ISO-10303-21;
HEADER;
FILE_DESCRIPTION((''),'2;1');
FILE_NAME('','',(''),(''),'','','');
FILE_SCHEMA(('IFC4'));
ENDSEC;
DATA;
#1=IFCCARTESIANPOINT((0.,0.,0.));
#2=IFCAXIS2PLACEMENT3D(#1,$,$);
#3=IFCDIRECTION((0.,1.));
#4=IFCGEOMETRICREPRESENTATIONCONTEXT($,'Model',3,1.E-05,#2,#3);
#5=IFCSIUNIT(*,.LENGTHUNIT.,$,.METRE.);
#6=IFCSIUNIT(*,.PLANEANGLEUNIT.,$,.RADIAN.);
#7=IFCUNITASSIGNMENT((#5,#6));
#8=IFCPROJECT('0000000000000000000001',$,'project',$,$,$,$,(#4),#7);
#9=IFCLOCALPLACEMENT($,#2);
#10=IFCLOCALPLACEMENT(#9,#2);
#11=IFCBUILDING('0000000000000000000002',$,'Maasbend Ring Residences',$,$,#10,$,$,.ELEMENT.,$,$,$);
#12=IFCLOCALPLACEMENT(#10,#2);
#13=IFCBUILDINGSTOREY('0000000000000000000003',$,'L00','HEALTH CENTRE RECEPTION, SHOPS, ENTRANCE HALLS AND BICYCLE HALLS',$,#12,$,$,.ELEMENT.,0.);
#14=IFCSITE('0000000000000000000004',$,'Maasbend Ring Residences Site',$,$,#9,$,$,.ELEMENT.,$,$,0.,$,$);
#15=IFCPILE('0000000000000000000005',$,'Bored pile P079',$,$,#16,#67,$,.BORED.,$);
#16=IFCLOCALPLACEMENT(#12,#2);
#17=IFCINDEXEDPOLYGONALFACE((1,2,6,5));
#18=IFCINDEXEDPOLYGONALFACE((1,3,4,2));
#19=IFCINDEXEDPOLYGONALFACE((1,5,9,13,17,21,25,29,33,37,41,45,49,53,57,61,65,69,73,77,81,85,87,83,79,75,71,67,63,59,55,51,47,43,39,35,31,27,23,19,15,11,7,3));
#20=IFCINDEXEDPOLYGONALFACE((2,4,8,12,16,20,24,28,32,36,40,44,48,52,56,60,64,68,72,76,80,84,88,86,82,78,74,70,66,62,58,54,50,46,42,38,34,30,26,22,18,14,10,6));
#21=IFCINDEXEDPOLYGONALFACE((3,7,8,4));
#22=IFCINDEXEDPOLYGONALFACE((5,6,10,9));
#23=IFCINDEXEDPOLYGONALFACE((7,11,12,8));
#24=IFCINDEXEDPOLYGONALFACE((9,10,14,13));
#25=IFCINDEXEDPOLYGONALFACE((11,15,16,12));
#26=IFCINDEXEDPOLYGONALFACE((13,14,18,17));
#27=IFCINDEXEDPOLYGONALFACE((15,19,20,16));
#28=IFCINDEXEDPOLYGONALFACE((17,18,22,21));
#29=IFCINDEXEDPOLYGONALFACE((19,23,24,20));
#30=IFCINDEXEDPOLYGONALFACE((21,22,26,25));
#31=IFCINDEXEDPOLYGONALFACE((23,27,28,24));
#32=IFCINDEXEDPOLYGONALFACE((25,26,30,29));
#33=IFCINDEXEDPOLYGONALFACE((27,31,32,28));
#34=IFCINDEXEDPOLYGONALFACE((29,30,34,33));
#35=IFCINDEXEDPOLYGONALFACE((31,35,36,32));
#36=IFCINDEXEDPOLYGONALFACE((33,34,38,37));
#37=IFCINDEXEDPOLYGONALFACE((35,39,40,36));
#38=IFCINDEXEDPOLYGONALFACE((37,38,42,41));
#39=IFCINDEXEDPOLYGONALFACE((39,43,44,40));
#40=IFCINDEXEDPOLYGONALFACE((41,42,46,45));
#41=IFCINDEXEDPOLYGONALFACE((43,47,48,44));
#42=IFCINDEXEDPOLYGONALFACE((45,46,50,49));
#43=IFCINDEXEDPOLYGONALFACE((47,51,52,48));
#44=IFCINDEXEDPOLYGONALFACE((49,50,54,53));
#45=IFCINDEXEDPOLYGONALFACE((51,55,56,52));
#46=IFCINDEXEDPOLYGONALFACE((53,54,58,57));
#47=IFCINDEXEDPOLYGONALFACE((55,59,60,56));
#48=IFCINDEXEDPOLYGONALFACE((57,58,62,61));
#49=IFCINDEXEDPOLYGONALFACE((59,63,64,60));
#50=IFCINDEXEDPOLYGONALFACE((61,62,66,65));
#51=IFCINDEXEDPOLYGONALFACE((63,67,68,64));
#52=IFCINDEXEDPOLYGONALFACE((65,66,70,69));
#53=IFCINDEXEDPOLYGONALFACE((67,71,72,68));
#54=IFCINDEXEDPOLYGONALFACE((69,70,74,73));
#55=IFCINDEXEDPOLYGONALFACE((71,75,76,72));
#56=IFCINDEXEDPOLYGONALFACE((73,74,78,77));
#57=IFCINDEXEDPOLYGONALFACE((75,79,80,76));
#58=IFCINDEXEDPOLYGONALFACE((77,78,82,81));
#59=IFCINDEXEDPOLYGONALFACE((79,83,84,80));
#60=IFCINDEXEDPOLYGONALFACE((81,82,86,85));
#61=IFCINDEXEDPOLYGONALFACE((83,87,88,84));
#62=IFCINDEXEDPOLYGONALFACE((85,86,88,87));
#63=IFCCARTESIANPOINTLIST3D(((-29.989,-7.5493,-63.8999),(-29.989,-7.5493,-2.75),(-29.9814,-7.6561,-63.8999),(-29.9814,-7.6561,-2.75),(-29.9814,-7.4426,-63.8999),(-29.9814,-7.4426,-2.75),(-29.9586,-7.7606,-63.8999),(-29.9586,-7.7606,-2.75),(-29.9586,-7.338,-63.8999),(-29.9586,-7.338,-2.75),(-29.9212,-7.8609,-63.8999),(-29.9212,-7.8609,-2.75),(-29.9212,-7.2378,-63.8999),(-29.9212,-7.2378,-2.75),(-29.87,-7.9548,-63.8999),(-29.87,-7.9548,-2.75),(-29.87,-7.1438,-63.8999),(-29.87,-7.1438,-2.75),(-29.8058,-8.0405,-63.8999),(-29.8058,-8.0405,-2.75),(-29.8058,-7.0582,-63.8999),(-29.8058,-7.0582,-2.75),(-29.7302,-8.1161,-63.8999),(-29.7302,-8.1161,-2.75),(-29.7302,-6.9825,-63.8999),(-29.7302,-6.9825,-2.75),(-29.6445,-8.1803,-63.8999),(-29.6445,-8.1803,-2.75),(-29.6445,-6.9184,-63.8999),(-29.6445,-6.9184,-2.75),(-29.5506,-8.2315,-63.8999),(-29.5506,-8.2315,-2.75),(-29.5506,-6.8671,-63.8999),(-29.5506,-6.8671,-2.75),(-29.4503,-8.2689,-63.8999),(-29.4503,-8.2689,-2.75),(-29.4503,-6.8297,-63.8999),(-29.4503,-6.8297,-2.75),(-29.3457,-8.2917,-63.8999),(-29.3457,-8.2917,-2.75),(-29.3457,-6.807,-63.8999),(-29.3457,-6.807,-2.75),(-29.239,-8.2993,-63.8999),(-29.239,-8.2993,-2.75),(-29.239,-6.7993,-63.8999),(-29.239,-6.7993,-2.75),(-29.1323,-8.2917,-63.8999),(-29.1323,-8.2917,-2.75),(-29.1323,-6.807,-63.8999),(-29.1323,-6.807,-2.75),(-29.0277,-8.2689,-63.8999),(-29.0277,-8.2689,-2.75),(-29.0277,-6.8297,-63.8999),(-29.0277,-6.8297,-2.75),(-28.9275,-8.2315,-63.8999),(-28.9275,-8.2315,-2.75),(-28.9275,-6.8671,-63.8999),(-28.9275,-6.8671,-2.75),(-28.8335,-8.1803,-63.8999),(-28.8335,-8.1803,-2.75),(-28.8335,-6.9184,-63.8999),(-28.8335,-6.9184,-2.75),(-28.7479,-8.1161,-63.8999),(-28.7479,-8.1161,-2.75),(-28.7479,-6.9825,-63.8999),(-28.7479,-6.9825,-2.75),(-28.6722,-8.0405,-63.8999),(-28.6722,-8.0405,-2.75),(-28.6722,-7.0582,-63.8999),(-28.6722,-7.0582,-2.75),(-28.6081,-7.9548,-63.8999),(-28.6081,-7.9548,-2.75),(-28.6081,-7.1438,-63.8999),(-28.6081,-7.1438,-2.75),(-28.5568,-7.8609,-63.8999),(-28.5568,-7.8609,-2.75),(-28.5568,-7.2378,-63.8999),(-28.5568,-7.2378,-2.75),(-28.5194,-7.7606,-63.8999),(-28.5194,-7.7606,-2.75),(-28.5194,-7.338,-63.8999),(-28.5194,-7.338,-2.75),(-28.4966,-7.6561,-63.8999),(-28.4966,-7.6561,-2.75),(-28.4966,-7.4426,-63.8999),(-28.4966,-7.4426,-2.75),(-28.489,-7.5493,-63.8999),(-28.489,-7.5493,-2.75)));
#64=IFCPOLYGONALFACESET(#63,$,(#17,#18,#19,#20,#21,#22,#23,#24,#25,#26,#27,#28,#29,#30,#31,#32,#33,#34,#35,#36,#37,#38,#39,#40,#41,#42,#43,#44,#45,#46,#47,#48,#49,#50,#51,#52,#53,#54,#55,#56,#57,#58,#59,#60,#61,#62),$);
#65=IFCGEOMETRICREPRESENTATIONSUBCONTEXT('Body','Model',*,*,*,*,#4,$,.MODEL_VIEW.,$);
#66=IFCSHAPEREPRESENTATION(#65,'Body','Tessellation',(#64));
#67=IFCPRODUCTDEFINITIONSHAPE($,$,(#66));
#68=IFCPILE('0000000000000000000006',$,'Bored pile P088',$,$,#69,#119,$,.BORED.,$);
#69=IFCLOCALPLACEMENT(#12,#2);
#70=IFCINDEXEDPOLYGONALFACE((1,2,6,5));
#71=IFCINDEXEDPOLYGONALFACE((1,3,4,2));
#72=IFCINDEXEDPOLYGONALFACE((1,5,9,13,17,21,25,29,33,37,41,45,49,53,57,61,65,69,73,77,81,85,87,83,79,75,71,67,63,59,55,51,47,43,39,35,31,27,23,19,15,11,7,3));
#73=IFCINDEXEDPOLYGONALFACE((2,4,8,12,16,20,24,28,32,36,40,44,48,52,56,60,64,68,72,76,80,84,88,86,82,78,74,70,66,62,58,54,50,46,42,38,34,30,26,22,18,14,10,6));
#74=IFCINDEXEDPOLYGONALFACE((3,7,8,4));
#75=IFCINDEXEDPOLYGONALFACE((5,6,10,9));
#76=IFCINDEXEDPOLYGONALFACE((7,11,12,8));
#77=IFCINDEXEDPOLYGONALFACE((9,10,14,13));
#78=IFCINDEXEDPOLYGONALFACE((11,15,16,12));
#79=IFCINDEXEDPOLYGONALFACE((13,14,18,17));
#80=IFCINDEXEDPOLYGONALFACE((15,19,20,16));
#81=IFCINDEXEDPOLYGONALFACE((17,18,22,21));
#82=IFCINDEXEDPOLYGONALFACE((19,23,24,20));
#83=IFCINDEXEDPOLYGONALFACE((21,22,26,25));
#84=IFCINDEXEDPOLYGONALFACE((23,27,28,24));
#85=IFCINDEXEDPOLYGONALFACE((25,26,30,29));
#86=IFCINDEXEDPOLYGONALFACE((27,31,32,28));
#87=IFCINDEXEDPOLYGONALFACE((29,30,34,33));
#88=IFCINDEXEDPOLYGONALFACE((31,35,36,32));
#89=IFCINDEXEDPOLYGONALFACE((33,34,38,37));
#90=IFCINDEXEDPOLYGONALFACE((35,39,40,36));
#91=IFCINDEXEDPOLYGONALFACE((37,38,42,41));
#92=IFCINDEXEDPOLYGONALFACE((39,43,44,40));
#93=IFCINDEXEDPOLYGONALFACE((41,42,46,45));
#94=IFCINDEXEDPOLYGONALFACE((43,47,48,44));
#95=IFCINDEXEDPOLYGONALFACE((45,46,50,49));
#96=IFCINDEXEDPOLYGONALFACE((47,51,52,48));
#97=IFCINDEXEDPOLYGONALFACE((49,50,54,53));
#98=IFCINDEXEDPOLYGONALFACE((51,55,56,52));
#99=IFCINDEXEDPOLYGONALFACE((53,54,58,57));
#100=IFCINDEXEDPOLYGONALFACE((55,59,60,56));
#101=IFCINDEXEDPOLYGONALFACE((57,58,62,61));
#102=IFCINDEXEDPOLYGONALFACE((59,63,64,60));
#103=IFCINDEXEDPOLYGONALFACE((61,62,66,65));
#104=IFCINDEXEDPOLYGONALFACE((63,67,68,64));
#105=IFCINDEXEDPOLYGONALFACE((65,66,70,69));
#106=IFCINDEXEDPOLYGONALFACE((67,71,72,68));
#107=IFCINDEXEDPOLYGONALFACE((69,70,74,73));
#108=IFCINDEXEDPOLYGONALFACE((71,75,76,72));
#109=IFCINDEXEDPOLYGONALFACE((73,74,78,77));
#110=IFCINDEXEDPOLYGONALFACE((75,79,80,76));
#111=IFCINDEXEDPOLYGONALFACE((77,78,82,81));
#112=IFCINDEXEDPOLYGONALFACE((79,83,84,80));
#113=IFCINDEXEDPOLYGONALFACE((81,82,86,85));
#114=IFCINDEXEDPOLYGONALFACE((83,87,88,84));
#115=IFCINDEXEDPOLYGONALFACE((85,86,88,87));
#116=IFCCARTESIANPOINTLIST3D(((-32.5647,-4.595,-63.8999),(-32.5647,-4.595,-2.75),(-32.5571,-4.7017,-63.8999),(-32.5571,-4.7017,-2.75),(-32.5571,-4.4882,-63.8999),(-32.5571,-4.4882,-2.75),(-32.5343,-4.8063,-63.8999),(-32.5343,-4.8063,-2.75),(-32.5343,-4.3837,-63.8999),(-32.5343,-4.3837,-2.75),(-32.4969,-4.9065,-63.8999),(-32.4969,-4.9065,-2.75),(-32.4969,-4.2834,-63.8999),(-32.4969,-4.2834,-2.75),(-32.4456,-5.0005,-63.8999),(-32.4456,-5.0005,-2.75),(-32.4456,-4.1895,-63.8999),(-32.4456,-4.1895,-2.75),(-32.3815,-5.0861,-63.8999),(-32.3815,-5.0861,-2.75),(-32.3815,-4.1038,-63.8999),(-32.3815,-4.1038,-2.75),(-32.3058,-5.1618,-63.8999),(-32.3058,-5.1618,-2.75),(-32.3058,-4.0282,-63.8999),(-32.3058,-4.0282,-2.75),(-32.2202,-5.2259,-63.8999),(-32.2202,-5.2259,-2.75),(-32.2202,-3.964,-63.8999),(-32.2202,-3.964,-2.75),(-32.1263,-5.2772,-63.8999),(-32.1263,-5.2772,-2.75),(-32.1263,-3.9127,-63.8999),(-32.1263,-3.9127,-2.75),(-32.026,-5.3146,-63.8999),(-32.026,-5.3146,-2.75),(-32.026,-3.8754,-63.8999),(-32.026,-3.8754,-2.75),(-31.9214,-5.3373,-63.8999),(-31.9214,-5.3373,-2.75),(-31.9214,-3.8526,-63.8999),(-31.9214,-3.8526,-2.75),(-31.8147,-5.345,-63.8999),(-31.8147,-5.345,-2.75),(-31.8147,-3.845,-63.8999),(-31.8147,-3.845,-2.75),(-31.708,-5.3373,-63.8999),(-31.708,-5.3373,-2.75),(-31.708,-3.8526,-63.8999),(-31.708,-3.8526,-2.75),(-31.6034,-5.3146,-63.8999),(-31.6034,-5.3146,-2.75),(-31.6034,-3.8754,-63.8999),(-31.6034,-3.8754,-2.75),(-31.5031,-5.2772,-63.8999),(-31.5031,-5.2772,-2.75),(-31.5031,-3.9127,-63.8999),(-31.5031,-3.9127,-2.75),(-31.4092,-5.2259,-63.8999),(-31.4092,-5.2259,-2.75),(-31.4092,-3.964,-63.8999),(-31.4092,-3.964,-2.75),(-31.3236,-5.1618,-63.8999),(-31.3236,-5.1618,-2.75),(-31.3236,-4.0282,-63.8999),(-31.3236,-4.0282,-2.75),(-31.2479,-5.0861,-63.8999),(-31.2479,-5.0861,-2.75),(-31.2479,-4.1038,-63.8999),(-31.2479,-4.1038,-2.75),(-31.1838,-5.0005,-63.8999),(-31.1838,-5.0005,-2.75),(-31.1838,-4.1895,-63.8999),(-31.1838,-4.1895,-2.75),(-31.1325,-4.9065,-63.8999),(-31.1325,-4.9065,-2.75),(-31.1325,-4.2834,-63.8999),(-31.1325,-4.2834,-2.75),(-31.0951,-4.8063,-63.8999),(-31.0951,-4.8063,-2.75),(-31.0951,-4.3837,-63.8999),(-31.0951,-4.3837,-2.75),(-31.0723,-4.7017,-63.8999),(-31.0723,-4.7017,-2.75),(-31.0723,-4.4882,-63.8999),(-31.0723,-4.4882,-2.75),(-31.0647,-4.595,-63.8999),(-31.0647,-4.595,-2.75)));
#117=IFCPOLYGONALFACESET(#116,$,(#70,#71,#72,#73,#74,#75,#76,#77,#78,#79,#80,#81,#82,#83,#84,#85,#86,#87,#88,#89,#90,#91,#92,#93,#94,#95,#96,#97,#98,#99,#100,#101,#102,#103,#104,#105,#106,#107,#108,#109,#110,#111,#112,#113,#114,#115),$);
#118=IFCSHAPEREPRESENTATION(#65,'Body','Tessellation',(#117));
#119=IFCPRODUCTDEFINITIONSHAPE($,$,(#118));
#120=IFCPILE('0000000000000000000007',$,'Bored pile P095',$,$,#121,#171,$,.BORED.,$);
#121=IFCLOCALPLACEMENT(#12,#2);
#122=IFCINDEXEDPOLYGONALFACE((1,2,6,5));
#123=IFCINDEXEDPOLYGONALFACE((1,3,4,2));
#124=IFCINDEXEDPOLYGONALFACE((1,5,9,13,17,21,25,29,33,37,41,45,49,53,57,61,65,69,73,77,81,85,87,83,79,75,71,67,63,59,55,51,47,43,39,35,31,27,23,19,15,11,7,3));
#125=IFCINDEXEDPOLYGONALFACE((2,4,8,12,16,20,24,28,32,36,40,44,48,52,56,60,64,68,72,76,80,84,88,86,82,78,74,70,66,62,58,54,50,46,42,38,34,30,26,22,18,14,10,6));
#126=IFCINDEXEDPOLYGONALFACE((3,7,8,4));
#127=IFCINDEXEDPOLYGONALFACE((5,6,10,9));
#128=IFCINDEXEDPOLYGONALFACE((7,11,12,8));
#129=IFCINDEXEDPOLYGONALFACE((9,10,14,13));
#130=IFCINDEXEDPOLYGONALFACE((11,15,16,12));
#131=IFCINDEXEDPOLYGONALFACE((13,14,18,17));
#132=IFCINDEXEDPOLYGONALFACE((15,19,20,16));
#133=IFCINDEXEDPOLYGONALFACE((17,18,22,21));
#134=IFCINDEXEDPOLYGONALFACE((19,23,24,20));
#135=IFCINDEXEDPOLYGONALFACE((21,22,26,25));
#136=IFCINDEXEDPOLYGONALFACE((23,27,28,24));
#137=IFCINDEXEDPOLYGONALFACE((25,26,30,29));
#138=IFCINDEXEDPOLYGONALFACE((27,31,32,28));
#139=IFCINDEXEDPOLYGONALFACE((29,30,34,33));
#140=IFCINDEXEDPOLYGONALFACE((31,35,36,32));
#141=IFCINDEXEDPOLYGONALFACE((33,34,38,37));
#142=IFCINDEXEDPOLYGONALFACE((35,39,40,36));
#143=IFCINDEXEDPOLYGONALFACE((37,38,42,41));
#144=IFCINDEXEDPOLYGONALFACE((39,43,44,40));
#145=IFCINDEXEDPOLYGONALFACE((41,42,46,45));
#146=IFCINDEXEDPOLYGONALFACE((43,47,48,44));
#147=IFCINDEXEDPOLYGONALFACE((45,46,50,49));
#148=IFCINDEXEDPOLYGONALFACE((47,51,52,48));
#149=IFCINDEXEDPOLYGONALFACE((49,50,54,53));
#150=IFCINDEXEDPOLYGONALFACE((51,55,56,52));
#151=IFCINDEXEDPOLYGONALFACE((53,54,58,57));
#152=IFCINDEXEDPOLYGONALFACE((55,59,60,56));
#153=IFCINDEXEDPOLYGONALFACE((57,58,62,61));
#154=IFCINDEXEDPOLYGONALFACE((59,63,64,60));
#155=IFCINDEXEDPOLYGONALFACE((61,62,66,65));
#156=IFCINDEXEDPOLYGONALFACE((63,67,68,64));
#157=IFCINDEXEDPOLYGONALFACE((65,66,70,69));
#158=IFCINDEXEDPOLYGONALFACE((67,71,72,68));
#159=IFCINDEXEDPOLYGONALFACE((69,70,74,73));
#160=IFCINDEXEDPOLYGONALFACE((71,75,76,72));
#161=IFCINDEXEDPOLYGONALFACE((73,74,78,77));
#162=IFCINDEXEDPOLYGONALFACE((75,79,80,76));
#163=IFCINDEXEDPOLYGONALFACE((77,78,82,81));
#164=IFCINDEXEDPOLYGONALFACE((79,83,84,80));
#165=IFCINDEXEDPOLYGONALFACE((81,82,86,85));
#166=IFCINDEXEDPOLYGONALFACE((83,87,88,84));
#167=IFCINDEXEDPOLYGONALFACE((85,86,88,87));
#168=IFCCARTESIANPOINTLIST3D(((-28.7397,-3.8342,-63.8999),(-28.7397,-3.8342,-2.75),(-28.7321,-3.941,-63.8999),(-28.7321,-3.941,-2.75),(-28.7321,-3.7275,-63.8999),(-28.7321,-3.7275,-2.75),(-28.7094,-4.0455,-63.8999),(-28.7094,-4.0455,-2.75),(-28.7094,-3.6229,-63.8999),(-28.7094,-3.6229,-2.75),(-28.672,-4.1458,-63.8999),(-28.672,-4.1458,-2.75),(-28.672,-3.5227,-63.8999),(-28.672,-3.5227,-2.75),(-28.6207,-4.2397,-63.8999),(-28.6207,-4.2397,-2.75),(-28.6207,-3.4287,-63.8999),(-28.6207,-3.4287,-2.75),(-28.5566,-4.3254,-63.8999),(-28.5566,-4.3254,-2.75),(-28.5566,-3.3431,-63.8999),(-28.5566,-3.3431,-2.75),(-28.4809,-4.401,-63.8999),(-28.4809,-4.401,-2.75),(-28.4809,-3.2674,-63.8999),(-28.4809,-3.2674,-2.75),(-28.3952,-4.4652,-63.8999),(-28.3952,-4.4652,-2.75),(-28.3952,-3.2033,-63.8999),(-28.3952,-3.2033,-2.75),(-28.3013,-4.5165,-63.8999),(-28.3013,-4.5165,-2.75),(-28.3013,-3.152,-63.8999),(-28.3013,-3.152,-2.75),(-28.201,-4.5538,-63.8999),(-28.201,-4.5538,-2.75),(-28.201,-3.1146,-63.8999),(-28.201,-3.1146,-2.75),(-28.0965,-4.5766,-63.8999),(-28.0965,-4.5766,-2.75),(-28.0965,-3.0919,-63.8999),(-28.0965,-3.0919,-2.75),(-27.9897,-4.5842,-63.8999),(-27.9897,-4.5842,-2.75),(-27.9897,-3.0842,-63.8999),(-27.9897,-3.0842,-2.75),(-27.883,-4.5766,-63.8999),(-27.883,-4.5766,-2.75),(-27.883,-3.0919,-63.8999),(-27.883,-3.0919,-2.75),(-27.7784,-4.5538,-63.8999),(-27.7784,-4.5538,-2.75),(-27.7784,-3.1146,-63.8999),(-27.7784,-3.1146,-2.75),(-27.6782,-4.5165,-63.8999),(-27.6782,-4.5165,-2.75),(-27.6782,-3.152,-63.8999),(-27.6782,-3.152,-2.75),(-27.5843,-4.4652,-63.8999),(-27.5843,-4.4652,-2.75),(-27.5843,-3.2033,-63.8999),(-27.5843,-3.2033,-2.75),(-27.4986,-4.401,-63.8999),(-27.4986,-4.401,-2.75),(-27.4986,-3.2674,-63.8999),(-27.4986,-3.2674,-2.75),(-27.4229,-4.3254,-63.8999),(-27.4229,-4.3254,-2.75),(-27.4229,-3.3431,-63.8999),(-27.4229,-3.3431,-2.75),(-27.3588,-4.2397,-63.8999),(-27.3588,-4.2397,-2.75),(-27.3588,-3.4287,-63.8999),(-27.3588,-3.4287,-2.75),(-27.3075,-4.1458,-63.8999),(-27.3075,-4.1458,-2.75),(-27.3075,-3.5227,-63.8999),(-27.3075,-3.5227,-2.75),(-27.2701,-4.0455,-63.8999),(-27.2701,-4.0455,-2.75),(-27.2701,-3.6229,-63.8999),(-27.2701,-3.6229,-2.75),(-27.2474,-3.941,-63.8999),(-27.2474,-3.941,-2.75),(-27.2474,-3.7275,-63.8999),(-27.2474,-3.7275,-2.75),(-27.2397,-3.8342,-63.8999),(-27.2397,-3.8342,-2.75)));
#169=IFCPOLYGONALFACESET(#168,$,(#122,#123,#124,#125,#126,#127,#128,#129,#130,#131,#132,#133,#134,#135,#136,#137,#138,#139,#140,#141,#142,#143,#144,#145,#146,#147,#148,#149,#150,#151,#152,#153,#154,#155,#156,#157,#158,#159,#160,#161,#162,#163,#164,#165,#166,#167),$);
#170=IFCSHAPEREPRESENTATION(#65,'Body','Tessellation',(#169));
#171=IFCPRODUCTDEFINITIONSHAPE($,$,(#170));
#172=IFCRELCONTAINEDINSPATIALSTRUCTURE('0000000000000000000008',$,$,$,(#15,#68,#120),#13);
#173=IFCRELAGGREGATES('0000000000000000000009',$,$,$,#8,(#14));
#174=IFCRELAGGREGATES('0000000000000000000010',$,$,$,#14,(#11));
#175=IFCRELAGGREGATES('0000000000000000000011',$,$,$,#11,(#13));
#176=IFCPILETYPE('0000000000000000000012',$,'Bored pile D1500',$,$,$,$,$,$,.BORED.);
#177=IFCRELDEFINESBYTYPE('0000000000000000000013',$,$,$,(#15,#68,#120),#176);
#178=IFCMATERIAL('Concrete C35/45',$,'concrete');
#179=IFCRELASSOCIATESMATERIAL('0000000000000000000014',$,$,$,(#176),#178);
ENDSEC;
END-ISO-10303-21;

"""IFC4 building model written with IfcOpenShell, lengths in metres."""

from ifc_helpers import new_model, si_unit, direction, frame, origin, origin_2d, place, context, subcontext, project, spatial, circle, extrude, material, material_profile, profile_set, type_object, element, save


model = new_model("IFC4")

# Units and contexts
model_context = context("Model", 3, precision=1e-05, world=origin(), true_north=direction((0.0, 1.0)))
body_context = subcontext(model_context, "Body", "Model", "MODEL_VIEW")
ifc_project = project(units=[si_unit("LENGTHUNIT", "METRE"), si_unit("PLANEANGLEUNIT", "RADIAN")], contexts=[model_context])

# Site, building, storey
site_placement = place(None, origin())
site = spatial("IfcSite", under=ifc_project, at=site_placement, Name="Maasbend Ring Residences Site", CompositionType="ELEMENT", RefElevation=0.0)
building_placement = place(site_placement, origin())
building = spatial("IfcBuilding", under=site, at=building_placement, Name="Maasbend Ring Residences", CompositionType="ELEMENT")
storey_placement = place(building_placement, origin())
storey = spatial("IfcBuildingStorey", under=building, at=storey_placement, Name="L00", Description="HEALTH CENTRE RECEPTION, SHOPS, ENTRANCE HALLS AND BICYCLE HALLS", CompositionType="ELEMENT", Elevation=0.0)

# Piles
ifc_material_1 = material(Name="Concrete C35/45", Category="concrete")
ifc_material_profile_1 = material_profile(ifc_material_1, circle(Radius=0.75, at=origin_2d()), Name="Bored pile D1500")
ifc_profile_set_1 = profile_set([ifc_material_profile_1], Name="Concrete C35/45")
pile_type = type_object("IfcPileType", Name="Bored pile D1500", PredefinedType="BORED", material=ifc_profile_set_1)
for number, where, z_axis, x_axis, name in (
    (1, (-29.239, -7.5493, -2.75), (0.0, 0.0, -1.0), (1.0, 0.0, 0.0), "Bored pile P079"),
    (2, (-31.8147, -4.595, -2.75), (0.0, 0.0, -1.0), (1.0, 0.0, 0.0), "Bored pile P088"),
    (3, (-27.9897, -3.8342, -2.75), (0.0, 0.0, -1.0), (1.0, 0.0, 0.0), "Bored pile P095"),
):
    element("IfcPile", number, at=place(storey_placement, frame(where, z_axis=z_axis, x_axis=x_axis)), inside=storey, type_object=pile_type, Name=name, PredefinedType="BORED", context=body_context, shape_type="SweptSolid", body=[
        extrude(circle(Radius=0.75, at=origin_2d()), origin(), (0.0, 0.0, 1.0), 61.1499),
    ])

save(model, "model.ifc")
